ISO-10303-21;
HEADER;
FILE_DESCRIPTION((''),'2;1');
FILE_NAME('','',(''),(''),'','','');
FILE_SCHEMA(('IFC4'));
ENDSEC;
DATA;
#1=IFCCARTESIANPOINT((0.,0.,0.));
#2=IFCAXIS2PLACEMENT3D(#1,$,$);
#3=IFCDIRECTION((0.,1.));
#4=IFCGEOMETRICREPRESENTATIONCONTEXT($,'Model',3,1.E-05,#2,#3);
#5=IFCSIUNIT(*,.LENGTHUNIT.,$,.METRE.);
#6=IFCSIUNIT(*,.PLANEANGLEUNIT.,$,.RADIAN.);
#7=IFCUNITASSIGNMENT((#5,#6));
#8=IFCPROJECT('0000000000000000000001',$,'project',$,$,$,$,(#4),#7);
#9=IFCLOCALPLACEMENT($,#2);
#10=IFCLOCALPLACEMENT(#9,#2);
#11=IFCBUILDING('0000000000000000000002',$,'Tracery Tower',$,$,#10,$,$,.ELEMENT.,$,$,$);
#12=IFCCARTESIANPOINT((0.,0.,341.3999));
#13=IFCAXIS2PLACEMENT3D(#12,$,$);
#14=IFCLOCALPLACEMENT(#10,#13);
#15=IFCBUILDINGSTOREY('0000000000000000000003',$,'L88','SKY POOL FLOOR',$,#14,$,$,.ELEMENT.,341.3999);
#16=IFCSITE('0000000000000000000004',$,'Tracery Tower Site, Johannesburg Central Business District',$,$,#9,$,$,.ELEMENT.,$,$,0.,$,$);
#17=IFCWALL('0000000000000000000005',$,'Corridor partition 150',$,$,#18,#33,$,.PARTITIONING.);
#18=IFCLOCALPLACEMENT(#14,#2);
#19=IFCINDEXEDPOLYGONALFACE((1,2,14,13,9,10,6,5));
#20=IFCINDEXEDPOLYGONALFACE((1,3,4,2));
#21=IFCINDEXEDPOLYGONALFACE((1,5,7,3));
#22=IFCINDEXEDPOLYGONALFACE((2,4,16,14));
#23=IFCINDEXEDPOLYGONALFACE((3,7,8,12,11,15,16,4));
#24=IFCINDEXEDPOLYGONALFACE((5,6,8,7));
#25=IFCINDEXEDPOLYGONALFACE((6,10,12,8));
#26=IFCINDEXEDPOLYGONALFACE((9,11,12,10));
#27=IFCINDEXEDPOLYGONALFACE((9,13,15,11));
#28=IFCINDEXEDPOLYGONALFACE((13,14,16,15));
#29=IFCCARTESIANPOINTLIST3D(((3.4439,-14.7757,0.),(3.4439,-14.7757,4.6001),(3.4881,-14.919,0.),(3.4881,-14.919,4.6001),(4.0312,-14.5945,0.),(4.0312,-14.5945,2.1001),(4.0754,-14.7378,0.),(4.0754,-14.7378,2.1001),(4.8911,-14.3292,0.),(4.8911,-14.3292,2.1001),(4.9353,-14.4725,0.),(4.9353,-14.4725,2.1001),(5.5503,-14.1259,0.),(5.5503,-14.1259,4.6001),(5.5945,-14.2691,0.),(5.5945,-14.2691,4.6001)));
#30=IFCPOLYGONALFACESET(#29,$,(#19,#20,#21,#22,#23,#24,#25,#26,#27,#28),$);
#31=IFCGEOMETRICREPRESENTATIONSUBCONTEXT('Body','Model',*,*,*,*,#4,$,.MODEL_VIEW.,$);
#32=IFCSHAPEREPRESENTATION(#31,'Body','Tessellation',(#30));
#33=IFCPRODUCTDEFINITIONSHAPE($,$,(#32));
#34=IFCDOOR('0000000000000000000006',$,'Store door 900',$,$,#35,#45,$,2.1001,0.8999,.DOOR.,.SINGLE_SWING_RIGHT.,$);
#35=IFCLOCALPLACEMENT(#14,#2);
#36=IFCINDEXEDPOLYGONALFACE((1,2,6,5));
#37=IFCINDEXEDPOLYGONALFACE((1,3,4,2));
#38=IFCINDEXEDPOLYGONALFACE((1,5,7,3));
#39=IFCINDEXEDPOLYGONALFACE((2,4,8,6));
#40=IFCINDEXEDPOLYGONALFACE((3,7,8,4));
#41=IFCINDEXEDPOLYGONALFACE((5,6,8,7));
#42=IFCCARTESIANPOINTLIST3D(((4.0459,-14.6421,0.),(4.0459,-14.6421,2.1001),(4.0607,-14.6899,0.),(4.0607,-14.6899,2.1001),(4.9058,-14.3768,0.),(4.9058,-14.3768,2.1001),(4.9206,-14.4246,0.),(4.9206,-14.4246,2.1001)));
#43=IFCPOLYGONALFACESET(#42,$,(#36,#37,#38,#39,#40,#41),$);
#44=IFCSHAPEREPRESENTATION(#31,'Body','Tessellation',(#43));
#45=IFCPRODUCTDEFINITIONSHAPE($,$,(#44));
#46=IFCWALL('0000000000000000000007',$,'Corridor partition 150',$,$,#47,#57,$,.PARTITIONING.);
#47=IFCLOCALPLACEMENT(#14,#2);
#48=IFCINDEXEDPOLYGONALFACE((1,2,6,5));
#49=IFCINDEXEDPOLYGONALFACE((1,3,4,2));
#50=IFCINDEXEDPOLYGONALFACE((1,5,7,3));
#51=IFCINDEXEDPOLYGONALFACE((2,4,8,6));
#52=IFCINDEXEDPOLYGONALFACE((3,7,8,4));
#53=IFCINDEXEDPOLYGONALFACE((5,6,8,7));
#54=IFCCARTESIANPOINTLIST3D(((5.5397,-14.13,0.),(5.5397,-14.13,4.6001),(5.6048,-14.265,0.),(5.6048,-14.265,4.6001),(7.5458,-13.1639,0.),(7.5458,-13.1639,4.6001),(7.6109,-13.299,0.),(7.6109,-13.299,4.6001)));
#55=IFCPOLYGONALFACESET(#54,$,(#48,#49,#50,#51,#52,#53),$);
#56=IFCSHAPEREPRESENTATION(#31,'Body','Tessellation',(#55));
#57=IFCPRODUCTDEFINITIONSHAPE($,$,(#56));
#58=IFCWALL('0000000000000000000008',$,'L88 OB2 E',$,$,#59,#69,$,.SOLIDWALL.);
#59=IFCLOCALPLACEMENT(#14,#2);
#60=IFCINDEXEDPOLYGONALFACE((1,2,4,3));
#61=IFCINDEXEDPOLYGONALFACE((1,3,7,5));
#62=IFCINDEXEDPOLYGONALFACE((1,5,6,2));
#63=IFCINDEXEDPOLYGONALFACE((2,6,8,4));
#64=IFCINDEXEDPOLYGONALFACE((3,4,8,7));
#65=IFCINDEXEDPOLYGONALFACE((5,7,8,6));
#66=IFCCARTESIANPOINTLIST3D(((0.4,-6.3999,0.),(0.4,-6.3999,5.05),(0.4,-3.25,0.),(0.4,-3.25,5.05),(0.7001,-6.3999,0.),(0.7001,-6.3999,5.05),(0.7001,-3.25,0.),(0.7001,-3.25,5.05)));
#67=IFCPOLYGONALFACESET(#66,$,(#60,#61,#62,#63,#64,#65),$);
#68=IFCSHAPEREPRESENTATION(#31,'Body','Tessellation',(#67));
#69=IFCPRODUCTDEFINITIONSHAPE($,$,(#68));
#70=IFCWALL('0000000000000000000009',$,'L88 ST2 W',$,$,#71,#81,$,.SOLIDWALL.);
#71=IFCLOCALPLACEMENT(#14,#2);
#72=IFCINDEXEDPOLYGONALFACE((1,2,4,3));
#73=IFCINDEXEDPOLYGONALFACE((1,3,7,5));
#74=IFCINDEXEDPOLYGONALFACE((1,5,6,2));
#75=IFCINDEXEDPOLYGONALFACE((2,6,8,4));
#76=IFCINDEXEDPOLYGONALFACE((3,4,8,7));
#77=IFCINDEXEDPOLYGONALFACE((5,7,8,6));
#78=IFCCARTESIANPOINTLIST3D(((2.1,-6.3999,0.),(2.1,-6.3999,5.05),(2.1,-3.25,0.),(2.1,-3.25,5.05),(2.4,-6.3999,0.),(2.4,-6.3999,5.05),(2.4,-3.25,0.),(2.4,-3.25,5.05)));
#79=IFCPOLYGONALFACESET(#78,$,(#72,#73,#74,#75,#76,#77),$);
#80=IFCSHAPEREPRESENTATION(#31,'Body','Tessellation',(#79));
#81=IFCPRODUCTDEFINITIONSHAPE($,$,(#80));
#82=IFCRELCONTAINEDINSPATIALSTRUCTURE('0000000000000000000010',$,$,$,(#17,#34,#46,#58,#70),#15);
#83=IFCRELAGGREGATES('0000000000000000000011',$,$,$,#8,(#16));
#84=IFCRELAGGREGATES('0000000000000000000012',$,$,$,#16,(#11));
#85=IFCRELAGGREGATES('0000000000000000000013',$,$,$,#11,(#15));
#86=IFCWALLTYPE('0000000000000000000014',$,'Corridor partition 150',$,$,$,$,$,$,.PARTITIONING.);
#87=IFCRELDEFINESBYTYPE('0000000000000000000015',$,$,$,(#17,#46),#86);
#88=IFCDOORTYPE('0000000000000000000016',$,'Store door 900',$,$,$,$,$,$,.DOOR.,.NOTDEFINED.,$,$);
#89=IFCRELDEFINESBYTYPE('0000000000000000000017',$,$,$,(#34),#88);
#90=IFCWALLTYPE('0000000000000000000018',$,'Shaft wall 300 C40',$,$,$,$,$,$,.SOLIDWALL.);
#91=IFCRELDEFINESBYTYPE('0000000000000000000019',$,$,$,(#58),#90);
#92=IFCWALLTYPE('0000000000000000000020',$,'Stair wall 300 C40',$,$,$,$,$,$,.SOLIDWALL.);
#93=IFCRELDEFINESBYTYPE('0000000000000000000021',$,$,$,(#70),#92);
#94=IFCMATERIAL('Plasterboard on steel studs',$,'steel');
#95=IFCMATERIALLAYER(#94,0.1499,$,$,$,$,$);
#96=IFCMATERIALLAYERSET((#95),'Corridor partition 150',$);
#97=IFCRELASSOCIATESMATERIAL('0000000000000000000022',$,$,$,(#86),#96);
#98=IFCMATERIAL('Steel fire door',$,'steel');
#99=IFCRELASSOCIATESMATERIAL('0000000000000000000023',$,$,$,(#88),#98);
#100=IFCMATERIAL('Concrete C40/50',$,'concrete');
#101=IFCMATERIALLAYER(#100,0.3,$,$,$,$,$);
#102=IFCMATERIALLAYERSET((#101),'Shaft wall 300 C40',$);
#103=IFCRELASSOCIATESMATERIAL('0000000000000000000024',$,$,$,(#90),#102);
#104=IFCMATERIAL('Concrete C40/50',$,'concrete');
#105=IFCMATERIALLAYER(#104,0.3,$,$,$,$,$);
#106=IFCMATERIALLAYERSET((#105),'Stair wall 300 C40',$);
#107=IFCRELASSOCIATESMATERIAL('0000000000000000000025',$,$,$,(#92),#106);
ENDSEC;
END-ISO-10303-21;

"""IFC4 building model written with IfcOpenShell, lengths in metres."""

from ifc_helpers import new_model, si_unit, direction, frame, frame_2d, origin, place, context, subcontext, project, spatial, rectangle, extrude, material, layer, layer_set, type_object, element, fill, save


model = new_model("IFC4")

# Units and contexts
model_context = context("Model", 3, precision=1e-05, world=origin(), true_north=direction((0.0, 1.0)))
body_context = subcontext(model_context, "Body", "Model", "MODEL_VIEW")
ifc_project = project(units=[si_unit("LENGTHUNIT", "METRE"), si_unit("PLANEANGLEUNIT", "RADIAN")], contexts=[model_context])

# Site, building, storey
site_placement = place(None, origin())
site = spatial("IfcSite", under=ifc_project, at=site_placement, Name="Tracery Tower Site, Johannesburg Central Business District", CompositionType="ELEMENT", RefElevation=0.0)
building_placement = place(site_placement, origin())
building = spatial("IfcBuilding", under=site, at=building_placement, Name="Tracery Tower", CompositionType="ELEMENT")
storey_placement = place(building_placement, frame((0.0, 0.0, 341.3999)))
storey = spatial("IfcBuildingStorey", under=building, at=storey_placement, Name="L88", Description="SKY POOL FLOOR", CompositionType="ELEMENT", Elevation=341.3999)

# Shared definitions
ifc_material_1 = material(Name="Plasterboard on steel studs", Category="steel")
ifc_layer_1 = layer(ifc_material_1, 0.1499)
ifc_layer_set_1 = layer_set([ifc_layer_1], Name="Corridor partition 150")
wall_type_1 = type_object("IfcWallType", Name="Corridor partition 150", PredefinedType="PARTITIONING", material=ifc_layer_set_1)

# Wall, opening, door
wall_1_placement = place(storey_placement, frame((5.5723, -14.1975, 0.0), z_axis=(0.0, 0.0, 1.0), x_axis=(-0.955554, -0.294817, 0.0)))
wall_1 = element("IfcWall", 1, at=wall_1_placement, inside=storey, type_object=wall_type_1, Name="Corridor partition 150", PredefinedType="PARTITIONING", context=body_context, shape_type="SweptSolid", body=[
    extrude(rectangle(XDim=2.2043, YDim=0.1499, at=frame_2d((1.1021, 0.0))), origin(), (0.0, 0.0, 1.0), 4.6001),
])
opening_1_placement = place(wall_1_placement, frame((0.6897, 0.0, 0.0)))
opening_1 = element("IfcOpeningElement", 2, at=opening_1_placement, cuts=wall_1, PredefinedType="OPENING", context=body_context, shape_type="SweptSolid", body=[
    extrude(rectangle(XDim=0.8999, YDim=2.1001, at=frame_2d((0.45, 1.05))), frame((0.0, 0.075, 0.0), z_axis=(0.0, -1.0, 0.0), x_axis=(1.0, 0.0, 0.0)), (0.0, 0.0, 1.0), 0.1499),
])
ifc_material_2 = material(Name="Steel fire door", Category="steel")
door_type_1 = type_object("IfcDoorType", Name="Store door 900", OperationType="NOTDEFINED", PredefinedType="DOOR", material=ifc_material_2)
door_1_placement = place(opening_1_placement, origin())
door_1 = element("IfcDoor", 3, at=door_1_placement, inside=storey, type_object=door_type_1, Name="Store door 900", OperationType="SINGLE_SWING_RIGHT", OverallHeight=2.1001, OverallWidth=0.8999, PredefinedType="DOOR", context=body_context, shape_type="SweptSolid", body=[
    extrude(rectangle(XDim=0.8999, YDim=2.1001, at=frame_2d((0.45, 1.05))), frame((0.0, 0.0249, 0.0), z_axis=(0.0, -1.0, 0.0), x_axis=(1.0, 0.0, 0.0)), (0.0, 0.0, 1.0), 0.05),
])
fill(opening_1, door_1)

# Walls
wall_2_placement = place(storey_placement, frame((5.5723, -14.1975, 0.0), z_axis=(0.0, 0.0, 1.0), x_axis=(0.900973, 0.433875, 0.0)))
element("IfcWall", 4, at=wall_2_placement, inside=storey, type_object=wall_type_1, Name="Corridor partition 150", PredefinedType="PARTITIONING", context=body_context, shape_type="SweptSolid", body=[
    extrude(rectangle(XDim=2.2266, YDim=0.1499, at=frame_2d((1.1133, 0.0))), origin(), (0.0, 0.0, 1.0), 4.6001),
])
ifc_material_3 = material(Name="Concrete C40/50", Category="concrete")
ifc_layer_2 = layer(ifc_material_3, 0.3)
ifc_layer_set_2 = layer_set([ifc_layer_2], Name="Shaft wall 300 C40")
wall_type_2 = type_object("IfcWallType", Name="Shaft wall 300 C40", PredefinedType="SOLIDWALL", material=ifc_layer_set_2)
wall_3_placement = place(storey_placement, frame((0.55, -6.3999, 0.0), z_axis=(0.0, 0.0, 1.0), x_axis=(0.0, 1.0, 0.0)))
element("IfcWall", 5, at=wall_3_placement, inside=storey, type_object=wall_type_2, Name="L88 OB2 E", PredefinedType="SOLIDWALL", context=body_context, shape_type="SweptSolid", body=[
    extrude(rectangle(XDim=3.1499, YDim=0.3, at=frame_2d((1.575, 0.0))), origin(), (0.0, 0.0, 1.0), 5.05),
])

# Shared definitions
ifc_material_4 = material(Name="Concrete C40/50", Category="concrete")
ifc_layer_3 = layer(ifc_material_4, 0.3)
ifc_layer_set_3 = layer_set([ifc_layer_3], Name="Stair wall 300 C40")
wall_type_3 = type_object("IfcWallType", Name="Stair wall 300 C40", PredefinedType="SOLIDWALL", material=ifc_layer_set_3)

# Wall
wall_4_placement = place(storey_placement, frame((2.25, -6.3999, 0.0), z_axis=(0.0, 0.0, 1.0), x_axis=(0.0, 1.0, 0.0)))
element("IfcWall", 6, at=wall_4_placement, inside=storey, type_object=wall_type_3, Name="L88 ST2 W", PredefinedType="SOLIDWALL", context=body_context, shape_type="SweptSolid", body=[
    extrude(rectangle(XDim=3.1499, YDim=0.3, at=frame_2d((1.575, 0.0))), origin(), (0.0, 0.0, 1.0), 5.05),
])

save(model, "model.ifc")
